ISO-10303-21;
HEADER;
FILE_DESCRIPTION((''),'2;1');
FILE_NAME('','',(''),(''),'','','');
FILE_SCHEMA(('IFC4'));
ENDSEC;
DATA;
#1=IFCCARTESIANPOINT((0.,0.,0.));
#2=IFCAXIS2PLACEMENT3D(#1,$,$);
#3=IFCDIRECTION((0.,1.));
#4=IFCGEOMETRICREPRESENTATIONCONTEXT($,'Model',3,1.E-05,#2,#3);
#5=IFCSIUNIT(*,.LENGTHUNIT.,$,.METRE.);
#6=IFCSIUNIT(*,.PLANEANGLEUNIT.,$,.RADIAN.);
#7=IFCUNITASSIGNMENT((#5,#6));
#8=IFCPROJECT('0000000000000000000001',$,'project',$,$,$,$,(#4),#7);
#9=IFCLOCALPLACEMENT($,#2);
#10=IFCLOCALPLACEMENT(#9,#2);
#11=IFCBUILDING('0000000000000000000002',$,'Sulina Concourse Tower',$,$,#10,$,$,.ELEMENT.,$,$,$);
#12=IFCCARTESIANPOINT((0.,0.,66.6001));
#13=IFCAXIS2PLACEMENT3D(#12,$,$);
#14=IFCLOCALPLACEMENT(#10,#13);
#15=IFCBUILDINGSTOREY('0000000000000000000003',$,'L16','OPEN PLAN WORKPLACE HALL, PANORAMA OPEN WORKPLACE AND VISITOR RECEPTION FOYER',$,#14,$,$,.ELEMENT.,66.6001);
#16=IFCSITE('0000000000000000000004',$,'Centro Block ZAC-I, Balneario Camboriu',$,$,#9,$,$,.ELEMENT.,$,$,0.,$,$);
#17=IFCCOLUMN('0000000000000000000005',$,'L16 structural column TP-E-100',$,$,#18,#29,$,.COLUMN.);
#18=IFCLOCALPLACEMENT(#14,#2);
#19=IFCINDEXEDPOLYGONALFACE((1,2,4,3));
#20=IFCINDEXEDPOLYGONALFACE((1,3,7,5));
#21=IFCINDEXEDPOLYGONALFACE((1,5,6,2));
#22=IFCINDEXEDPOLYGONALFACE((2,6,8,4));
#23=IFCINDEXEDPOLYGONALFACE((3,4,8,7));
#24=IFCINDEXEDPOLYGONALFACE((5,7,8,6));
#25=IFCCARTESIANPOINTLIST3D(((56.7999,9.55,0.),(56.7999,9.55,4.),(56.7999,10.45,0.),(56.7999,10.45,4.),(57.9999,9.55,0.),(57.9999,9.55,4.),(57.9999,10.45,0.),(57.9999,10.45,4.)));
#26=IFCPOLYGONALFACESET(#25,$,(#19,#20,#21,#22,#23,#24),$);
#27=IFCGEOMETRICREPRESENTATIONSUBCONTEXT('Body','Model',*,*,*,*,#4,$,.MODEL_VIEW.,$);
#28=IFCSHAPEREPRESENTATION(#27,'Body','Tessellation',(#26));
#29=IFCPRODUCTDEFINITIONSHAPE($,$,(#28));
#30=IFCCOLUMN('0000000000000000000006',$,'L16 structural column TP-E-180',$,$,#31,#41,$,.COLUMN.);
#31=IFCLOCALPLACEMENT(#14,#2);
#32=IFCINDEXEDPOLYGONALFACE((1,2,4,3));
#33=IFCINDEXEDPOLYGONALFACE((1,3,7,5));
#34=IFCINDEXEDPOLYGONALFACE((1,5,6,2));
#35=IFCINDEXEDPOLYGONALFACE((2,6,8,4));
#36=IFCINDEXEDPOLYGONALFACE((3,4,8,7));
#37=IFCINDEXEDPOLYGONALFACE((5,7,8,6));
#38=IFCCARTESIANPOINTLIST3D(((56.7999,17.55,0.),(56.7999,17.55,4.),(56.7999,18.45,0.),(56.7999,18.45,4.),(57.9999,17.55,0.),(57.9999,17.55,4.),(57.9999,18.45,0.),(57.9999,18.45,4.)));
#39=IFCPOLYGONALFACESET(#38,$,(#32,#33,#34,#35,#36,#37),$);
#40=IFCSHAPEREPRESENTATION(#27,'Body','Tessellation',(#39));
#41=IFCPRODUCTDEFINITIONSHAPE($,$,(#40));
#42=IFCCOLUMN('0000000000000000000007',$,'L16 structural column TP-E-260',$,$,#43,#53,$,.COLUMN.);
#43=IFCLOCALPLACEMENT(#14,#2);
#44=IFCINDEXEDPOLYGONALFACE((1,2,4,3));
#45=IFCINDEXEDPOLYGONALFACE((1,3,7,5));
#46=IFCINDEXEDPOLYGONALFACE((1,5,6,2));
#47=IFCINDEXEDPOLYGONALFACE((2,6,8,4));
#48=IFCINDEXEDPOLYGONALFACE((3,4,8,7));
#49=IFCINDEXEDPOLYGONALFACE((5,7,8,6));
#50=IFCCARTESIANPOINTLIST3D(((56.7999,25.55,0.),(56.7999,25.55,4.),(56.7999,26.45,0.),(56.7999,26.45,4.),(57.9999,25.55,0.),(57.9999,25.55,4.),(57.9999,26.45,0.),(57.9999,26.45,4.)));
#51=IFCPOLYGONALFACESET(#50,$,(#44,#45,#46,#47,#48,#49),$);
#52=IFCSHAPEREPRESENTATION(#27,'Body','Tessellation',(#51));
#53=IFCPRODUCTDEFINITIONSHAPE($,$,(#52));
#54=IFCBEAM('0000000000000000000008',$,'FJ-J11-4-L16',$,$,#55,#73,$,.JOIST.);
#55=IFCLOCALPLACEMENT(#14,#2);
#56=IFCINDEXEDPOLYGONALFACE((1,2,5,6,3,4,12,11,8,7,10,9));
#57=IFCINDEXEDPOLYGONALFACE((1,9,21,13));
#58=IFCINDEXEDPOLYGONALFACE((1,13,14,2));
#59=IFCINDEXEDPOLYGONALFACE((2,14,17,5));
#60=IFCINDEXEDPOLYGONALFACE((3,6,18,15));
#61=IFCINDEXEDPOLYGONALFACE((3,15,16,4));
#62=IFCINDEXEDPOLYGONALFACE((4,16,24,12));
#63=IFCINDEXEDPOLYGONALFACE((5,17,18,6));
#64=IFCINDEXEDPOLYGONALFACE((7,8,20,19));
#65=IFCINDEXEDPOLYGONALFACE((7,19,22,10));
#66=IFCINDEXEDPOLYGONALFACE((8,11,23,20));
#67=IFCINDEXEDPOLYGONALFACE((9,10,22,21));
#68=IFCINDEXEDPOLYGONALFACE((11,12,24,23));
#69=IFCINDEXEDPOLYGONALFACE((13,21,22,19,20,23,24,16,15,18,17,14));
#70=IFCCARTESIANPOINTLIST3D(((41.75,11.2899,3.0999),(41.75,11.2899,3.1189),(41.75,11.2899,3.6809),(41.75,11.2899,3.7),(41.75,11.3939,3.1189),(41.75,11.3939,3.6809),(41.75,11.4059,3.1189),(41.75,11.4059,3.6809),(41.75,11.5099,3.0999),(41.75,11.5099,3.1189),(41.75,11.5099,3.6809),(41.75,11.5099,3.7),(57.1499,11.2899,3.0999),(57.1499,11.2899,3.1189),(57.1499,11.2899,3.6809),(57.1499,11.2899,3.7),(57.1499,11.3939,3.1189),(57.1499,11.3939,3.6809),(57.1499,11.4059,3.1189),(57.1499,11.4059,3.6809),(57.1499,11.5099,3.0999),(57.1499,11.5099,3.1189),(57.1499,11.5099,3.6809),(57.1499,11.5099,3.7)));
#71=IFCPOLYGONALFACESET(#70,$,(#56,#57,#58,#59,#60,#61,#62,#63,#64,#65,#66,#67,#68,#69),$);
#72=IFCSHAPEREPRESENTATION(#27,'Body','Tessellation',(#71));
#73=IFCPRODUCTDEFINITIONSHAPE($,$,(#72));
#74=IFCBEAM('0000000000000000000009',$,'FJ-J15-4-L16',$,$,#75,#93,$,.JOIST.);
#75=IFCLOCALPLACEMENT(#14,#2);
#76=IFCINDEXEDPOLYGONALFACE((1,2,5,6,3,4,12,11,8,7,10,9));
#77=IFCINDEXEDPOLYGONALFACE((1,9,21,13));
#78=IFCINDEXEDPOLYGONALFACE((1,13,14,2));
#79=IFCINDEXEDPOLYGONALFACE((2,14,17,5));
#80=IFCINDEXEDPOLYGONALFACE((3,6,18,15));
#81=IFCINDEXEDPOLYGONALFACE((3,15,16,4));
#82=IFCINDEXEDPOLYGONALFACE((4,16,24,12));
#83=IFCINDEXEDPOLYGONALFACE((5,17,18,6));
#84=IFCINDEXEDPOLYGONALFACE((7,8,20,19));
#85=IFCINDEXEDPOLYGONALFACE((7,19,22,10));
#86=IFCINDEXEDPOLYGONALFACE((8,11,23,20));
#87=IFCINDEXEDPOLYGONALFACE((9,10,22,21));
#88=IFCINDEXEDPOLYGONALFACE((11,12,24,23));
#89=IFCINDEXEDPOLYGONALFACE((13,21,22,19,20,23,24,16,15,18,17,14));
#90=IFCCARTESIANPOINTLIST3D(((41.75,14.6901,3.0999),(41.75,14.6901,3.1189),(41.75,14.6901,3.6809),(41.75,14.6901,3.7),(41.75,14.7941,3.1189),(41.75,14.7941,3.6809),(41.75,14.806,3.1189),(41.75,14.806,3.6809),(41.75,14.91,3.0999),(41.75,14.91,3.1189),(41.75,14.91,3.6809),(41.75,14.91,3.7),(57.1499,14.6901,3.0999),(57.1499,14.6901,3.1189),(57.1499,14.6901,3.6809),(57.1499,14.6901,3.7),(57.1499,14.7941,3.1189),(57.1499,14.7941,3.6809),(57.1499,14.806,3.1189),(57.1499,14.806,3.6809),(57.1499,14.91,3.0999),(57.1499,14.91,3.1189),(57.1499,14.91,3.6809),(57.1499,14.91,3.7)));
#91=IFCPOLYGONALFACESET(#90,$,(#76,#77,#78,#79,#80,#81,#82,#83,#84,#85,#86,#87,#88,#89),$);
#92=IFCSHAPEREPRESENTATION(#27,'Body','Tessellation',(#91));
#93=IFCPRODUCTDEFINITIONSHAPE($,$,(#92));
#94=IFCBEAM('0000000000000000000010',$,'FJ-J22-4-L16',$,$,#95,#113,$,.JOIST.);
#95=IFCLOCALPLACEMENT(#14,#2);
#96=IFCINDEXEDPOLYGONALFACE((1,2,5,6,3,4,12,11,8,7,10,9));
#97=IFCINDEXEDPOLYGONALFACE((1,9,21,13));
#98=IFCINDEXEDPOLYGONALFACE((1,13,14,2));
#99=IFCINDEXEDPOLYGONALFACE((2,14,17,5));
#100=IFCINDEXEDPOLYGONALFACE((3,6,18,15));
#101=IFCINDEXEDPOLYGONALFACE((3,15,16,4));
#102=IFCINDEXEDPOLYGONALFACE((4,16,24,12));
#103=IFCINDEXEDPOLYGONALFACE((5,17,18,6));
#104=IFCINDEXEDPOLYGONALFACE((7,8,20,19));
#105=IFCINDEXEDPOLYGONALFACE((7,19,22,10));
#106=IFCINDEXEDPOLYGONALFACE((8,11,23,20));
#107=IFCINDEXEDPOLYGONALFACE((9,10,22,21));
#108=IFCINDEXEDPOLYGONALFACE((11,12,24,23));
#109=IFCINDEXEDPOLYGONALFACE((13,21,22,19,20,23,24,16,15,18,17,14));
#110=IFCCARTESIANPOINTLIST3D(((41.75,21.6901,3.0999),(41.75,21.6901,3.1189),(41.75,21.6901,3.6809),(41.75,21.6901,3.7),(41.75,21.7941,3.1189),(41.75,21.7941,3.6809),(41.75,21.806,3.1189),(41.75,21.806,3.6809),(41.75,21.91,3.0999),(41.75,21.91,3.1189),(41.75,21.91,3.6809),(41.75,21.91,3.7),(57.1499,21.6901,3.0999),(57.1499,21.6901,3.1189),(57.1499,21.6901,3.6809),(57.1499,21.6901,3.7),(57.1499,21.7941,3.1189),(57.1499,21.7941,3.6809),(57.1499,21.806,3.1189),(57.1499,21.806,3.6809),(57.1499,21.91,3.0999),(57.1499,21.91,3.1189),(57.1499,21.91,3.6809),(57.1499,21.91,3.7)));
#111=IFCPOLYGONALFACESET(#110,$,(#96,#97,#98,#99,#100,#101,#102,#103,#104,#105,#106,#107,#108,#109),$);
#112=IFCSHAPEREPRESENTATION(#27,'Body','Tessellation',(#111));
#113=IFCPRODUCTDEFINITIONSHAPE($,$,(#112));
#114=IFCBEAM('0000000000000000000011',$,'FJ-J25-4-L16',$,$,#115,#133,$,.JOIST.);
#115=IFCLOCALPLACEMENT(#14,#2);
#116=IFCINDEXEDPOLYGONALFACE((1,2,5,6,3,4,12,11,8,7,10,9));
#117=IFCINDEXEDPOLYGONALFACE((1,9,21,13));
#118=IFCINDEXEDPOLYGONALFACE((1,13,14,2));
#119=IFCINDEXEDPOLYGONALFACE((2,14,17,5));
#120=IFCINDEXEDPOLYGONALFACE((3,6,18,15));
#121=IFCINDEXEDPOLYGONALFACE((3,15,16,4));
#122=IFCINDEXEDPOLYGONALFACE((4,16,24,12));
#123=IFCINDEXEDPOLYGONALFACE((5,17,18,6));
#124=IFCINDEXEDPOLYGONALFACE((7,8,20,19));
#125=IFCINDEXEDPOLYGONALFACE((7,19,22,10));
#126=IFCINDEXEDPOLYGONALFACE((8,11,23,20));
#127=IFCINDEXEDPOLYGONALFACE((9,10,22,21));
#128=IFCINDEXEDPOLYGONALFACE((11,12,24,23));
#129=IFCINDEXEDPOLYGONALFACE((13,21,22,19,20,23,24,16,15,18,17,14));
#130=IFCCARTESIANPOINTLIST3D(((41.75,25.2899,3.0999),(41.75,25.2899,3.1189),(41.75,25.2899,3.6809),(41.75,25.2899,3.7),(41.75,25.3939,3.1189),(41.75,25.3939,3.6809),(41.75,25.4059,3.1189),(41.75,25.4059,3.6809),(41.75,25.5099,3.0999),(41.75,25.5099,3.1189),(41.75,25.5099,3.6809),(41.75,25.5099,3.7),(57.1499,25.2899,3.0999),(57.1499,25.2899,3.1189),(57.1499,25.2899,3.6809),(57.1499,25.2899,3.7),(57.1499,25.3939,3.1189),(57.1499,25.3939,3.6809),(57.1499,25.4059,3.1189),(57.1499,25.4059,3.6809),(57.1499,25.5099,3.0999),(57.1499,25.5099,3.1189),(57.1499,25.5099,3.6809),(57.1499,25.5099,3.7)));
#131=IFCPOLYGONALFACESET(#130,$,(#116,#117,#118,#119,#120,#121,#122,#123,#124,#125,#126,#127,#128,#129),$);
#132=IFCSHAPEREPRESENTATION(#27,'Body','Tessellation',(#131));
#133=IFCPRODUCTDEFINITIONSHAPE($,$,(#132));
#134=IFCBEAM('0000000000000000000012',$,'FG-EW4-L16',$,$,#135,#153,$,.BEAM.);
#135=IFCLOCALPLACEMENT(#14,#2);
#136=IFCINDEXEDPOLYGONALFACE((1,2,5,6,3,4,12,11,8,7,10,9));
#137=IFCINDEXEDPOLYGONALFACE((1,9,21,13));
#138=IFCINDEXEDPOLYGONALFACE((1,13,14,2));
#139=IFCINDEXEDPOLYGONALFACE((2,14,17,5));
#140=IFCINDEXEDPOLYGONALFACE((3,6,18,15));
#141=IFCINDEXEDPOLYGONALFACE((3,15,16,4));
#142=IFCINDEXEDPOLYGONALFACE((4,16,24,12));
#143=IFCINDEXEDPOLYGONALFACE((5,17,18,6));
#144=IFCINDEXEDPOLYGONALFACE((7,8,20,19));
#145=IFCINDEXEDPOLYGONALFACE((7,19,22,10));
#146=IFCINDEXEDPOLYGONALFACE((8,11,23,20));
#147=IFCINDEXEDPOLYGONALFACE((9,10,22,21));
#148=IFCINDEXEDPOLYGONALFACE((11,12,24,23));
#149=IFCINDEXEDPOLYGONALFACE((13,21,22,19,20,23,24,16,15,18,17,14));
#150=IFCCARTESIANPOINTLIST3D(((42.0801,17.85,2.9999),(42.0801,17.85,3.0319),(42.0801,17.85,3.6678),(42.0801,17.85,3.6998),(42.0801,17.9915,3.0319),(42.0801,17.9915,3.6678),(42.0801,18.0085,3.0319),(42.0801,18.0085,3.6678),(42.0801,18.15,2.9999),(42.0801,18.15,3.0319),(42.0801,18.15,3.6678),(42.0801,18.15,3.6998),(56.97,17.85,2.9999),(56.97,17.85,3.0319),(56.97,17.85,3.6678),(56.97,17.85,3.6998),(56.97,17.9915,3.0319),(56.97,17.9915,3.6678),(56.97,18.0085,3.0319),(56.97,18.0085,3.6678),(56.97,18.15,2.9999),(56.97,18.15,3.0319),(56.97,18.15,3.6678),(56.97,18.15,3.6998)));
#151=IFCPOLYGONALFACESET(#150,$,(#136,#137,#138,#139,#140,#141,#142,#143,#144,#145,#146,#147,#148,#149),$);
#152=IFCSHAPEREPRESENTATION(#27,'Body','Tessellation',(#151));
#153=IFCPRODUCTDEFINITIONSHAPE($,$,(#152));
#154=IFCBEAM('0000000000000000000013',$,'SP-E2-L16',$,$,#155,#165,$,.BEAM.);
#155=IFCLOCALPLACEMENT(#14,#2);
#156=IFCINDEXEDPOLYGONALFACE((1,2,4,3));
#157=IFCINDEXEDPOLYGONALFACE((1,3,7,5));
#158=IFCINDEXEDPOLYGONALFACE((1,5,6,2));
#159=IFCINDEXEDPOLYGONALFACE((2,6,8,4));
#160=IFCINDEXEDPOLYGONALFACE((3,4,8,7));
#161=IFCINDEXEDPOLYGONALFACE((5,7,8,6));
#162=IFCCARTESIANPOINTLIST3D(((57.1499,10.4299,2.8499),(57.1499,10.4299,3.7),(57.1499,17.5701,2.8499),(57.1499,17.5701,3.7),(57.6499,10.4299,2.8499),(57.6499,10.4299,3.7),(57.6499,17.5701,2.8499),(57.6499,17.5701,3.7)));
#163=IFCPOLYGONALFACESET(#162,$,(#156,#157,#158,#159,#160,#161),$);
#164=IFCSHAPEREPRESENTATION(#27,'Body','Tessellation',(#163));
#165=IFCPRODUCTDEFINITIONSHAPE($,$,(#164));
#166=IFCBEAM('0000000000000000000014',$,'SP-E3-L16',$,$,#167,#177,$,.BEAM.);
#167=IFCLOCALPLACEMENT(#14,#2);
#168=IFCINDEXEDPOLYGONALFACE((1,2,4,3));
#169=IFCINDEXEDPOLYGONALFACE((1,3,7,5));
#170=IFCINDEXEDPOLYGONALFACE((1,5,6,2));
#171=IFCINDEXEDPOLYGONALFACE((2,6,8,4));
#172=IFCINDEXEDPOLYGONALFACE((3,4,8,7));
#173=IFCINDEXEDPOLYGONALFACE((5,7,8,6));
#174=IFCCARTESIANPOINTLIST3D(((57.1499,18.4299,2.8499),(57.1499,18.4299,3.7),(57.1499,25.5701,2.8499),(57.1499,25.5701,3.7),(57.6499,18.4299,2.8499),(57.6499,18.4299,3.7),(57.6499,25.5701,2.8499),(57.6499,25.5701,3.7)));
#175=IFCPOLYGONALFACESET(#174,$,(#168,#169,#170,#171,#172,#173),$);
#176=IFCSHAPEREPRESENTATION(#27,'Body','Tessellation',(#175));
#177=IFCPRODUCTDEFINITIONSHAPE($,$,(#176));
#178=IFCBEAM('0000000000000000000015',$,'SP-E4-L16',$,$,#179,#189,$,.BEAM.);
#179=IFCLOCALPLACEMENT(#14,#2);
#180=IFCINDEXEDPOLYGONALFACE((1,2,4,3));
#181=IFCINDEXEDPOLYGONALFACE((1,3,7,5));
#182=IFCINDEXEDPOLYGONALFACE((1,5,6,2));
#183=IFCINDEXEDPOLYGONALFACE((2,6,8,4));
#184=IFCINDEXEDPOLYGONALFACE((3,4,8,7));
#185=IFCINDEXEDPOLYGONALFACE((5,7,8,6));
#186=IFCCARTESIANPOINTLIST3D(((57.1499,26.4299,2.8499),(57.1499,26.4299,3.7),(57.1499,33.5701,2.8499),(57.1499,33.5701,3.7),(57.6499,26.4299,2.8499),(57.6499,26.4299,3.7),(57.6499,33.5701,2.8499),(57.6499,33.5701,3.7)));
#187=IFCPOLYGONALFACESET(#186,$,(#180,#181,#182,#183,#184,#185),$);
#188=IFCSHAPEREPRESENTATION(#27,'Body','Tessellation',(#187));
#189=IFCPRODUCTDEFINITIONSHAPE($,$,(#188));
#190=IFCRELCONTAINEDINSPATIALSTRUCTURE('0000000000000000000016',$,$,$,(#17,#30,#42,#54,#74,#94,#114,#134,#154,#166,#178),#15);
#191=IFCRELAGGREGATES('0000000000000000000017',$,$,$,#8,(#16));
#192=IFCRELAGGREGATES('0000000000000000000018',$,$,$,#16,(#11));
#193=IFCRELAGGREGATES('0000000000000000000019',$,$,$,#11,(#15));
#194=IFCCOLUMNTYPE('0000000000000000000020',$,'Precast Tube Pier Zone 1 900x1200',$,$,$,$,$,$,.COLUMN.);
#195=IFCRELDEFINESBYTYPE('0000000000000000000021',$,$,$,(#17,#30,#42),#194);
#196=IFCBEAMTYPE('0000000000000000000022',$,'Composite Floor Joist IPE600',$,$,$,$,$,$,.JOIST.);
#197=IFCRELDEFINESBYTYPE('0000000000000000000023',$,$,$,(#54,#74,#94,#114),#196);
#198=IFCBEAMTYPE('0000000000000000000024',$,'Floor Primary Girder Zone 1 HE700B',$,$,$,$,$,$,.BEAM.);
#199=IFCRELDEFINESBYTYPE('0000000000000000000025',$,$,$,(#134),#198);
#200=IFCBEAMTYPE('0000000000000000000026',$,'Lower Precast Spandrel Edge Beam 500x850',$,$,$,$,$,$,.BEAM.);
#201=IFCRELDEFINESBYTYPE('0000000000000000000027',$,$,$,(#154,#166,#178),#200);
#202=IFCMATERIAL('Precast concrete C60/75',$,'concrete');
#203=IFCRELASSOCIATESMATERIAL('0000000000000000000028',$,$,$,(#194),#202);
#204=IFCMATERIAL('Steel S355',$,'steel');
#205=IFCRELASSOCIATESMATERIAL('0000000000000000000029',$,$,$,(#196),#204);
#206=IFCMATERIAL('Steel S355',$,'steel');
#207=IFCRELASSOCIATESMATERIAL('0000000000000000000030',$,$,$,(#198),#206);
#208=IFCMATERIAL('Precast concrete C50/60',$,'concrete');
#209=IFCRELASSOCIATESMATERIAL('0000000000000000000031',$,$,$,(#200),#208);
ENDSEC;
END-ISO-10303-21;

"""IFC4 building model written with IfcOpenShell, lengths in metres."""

from ifc_helpers import new_model, si_unit, direction, frame, origin, origin_2d, place, context, subcontext, project, spatial, rectangle, i_section, extrude, material, material_profile, profile_set, type_object, element, save


model = new_model("IFC4")

# Units and contexts
model_context = context("Model", 3, precision=1e-05, world=origin(), true_north=direction((0.0, 1.0)))
body_context = subcontext(model_context, "Body", "Model", "MODEL_VIEW")
ifc_project = project(units=[si_unit("LENGTHUNIT", "METRE"), si_unit("PLANEANGLEUNIT", "RADIAN")], contexts=[model_context])

# Site, building, storey
site_placement = place(None, origin())
site = spatial("IfcSite", under=ifc_project, at=site_placement, Name="Centro Block ZAC-I, Balneario Camboriu", CompositionType="ELEMENT", RefElevation=0.0)
building_placement = place(site_placement, origin())
building = spatial("IfcBuilding", under=site, at=building_placement, Name="Sulina Concourse Tower", CompositionType="ELEMENT")
storey_placement = place(building_placement, frame((0.0, 0.0, 66.6001)))
storey = spatial("IfcBuildingStorey", under=building, at=storey_placement, Name="L16", Description="OPEN PLAN WORKPLACE HALL, PANORAMA OPEN WORKPLACE AND VISITOR RECEPTION FOYER", CompositionType="ELEMENT", Elevation=66.6001)

# Columns
ifc_material_1 = material(Name="Precast concrete C60/75", Category="concrete")
ifc_material_profile_1 = material_profile(ifc_material_1, rectangle(XDim=0.8999, YDim=1.2, at=origin_2d()), Name="PC 900x1200")
ifc_profile_set_1 = profile_set([ifc_material_profile_1], Name="Precast concrete C60/75")
column_type = type_object("IfcColumnType", Name="Precast Tube Pier Zone 1 900x1200", PredefinedType="COLUMN", material=ifc_profile_set_1)
for number, where, z_axis, x_axis, name in (
    (1, (57.3999, 10.0, 0.0), (0.0, 0.0, 1.0), (0.0, 1.0, 0.0), "L16 structural column TP-E-100"),
    (2, (57.3999, 18.0, 0.0), (0.0, 0.0, 1.0), (0.0, 1.0, 0.0), "L16 structural column TP-E-180"),
    (3, (57.3999, 26.0, 0.0), (0.0, 0.0, 1.0), (0.0, 1.0, 0.0), "L16 structural column TP-E-260"),
):
    element("IfcColumn", number, at=place(storey_placement, frame(where, z_axis=z_axis, x_axis=x_axis)), inside=storey, type_object=column_type, Name=name, PredefinedType="COLUMN", context=body_context, shape_type="SweptSolid", body=[
        extrude(rectangle(XDim=0.8999, YDim=1.2, at=origin_2d()), origin(), (0.0, 0.0, 1.0), 4.0),
    ])

# Beams
ifc_material_2 = material(Name="Steel S355", Category="steel")
ifc_material_profile_2 = material_profile(ifc_material_2, i_section(OverallWidth=0.22, OverallDepth=0.6001, WebThickness=0.012, FlangeThickness=0.019, at=origin_2d()), Name="IPE 600")
ifc_profile_set_2 = profile_set([ifc_material_profile_2], Name="Steel S355")
beam_type_1 = type_object("IfcBeamType", Name="Composite Floor Joist IPE600", PredefinedType="JOIST", material=ifc_profile_set_2)
for number, where, z_axis, x_axis, name in (
    (4, (41.75, 11.3999, 3.3999), (1.0, 0.0, 0.0), (0.0, 1.0, 0.0), "FJ-J11-4-L16"),
    (5, (41.75, 14.8, 3.3999), (1.0, 0.0, 0.0), (0.0, 1.0, 0.0), "FJ-J15-4-L16"),
    (6, (41.75, 21.8, 3.3999), (1.0, 0.0, 0.0), (0.0, 1.0, 0.0), "FJ-J22-4-L16"),
    (7, (41.75, 25.3999, 3.3999), (1.0, 0.0, 0.0), (0.0, 1.0, 0.0), "FJ-J25-4-L16"),
):
    element("IfcBeam", number, at=place(storey_placement, frame(where, z_axis=z_axis, x_axis=x_axis)), inside=storey, type_object=beam_type_1, Name=name, PredefinedType="JOIST", context=body_context, shape_type="SweptSolid", body=[
        extrude(i_section(OverallWidth=0.22, OverallDepth=0.6001, WebThickness=0.012, FlangeThickness=0.019, at=origin_2d()), origin(), (0.0, 0.0, 1.0), 15.3999),
    ])
ifc_material_3 = material(Name="Steel S355", Category="steel")
ifc_material_profile_3 = material_profile(ifc_material_3, i_section(OverallWidth=0.3, OverallDepth=0.7, WebThickness=0.0171, FlangeThickness=0.032, at=origin_2d()), Name="HE 700 B")
ifc_profile_set_3 = profile_set([ifc_material_profile_3], Name="Steel S355")
beam_type_2 = type_object("IfcBeamType", Name="Floor Primary Girder Zone 1 HE700B", PredefinedType="BEAM", material=ifc_profile_set_3)
beam_placement = place(storey_placement, frame((42.0801, 18.0, 3.3499), z_axis=(1.0, 0.0, 0.0), x_axis=(0.0, 1.0, 0.0)))
element("IfcBeam", 8, at=beam_placement, inside=storey, type_object=beam_type_2, Name="FG-EW4-L16", PredefinedType="BEAM", context=body_context, shape_type="SweptSolid", body=[
    extrude(i_section(OverallWidth=0.3, OverallDepth=0.7, WebThickness=0.0171, FlangeThickness=0.032, at=origin_2d()), origin(), (0.0, 0.0, 1.0), 14.8899),
])
ifc_material_4 = material(Name="Precast concrete C50/60", Category="concrete")
ifc_material_profile_4 = material_profile(ifc_material_4, rectangle(XDim=0.5, YDim=0.8501, at=origin_2d()), Name="RC 500x850")
ifc_profile_set_4 = profile_set([ifc_material_profile_4], Name="Precast concrete C50/60")
beam_type_3 = type_object("IfcBeamType", Name="Lower Precast Spandrel Edge Beam 500x850", PredefinedType="BEAM", material=ifc_profile_set_4)
for number, where, z_axis, x_axis, name in (
    (9, (57.3999, 10.4299, 3.2749), (0.0, 1.0, 0.0), (-1.0, 0.0, 0.0), "SP-E2-L16"),
    (10, (57.3999, 18.4299, 3.2749), (0.0, 1.0, 0.0), (-1.0, 0.0, 0.0), "SP-E3-L16"),
    (11, (57.3999, 26.4299, 3.2749), (0.0, 1.0, 0.0), (-1.0, 0.0, 0.0), "SP-E4-L16"),
):
    element("IfcBeam", number, at=place(storey_placement, frame(where, z_axis=z_axis, x_axis=x_axis)), inside=storey, type_object=beam_type_3, Name=name, PredefinedType="BEAM", context=body_context, shape_type="SweptSolid", body=[
        extrude(rectangle(XDim=0.5, YDim=0.8501, at=origin_2d()), origin(), (0.0, 0.0, 1.0), 7.1401),
    ])

save(model, "model.ifc")
